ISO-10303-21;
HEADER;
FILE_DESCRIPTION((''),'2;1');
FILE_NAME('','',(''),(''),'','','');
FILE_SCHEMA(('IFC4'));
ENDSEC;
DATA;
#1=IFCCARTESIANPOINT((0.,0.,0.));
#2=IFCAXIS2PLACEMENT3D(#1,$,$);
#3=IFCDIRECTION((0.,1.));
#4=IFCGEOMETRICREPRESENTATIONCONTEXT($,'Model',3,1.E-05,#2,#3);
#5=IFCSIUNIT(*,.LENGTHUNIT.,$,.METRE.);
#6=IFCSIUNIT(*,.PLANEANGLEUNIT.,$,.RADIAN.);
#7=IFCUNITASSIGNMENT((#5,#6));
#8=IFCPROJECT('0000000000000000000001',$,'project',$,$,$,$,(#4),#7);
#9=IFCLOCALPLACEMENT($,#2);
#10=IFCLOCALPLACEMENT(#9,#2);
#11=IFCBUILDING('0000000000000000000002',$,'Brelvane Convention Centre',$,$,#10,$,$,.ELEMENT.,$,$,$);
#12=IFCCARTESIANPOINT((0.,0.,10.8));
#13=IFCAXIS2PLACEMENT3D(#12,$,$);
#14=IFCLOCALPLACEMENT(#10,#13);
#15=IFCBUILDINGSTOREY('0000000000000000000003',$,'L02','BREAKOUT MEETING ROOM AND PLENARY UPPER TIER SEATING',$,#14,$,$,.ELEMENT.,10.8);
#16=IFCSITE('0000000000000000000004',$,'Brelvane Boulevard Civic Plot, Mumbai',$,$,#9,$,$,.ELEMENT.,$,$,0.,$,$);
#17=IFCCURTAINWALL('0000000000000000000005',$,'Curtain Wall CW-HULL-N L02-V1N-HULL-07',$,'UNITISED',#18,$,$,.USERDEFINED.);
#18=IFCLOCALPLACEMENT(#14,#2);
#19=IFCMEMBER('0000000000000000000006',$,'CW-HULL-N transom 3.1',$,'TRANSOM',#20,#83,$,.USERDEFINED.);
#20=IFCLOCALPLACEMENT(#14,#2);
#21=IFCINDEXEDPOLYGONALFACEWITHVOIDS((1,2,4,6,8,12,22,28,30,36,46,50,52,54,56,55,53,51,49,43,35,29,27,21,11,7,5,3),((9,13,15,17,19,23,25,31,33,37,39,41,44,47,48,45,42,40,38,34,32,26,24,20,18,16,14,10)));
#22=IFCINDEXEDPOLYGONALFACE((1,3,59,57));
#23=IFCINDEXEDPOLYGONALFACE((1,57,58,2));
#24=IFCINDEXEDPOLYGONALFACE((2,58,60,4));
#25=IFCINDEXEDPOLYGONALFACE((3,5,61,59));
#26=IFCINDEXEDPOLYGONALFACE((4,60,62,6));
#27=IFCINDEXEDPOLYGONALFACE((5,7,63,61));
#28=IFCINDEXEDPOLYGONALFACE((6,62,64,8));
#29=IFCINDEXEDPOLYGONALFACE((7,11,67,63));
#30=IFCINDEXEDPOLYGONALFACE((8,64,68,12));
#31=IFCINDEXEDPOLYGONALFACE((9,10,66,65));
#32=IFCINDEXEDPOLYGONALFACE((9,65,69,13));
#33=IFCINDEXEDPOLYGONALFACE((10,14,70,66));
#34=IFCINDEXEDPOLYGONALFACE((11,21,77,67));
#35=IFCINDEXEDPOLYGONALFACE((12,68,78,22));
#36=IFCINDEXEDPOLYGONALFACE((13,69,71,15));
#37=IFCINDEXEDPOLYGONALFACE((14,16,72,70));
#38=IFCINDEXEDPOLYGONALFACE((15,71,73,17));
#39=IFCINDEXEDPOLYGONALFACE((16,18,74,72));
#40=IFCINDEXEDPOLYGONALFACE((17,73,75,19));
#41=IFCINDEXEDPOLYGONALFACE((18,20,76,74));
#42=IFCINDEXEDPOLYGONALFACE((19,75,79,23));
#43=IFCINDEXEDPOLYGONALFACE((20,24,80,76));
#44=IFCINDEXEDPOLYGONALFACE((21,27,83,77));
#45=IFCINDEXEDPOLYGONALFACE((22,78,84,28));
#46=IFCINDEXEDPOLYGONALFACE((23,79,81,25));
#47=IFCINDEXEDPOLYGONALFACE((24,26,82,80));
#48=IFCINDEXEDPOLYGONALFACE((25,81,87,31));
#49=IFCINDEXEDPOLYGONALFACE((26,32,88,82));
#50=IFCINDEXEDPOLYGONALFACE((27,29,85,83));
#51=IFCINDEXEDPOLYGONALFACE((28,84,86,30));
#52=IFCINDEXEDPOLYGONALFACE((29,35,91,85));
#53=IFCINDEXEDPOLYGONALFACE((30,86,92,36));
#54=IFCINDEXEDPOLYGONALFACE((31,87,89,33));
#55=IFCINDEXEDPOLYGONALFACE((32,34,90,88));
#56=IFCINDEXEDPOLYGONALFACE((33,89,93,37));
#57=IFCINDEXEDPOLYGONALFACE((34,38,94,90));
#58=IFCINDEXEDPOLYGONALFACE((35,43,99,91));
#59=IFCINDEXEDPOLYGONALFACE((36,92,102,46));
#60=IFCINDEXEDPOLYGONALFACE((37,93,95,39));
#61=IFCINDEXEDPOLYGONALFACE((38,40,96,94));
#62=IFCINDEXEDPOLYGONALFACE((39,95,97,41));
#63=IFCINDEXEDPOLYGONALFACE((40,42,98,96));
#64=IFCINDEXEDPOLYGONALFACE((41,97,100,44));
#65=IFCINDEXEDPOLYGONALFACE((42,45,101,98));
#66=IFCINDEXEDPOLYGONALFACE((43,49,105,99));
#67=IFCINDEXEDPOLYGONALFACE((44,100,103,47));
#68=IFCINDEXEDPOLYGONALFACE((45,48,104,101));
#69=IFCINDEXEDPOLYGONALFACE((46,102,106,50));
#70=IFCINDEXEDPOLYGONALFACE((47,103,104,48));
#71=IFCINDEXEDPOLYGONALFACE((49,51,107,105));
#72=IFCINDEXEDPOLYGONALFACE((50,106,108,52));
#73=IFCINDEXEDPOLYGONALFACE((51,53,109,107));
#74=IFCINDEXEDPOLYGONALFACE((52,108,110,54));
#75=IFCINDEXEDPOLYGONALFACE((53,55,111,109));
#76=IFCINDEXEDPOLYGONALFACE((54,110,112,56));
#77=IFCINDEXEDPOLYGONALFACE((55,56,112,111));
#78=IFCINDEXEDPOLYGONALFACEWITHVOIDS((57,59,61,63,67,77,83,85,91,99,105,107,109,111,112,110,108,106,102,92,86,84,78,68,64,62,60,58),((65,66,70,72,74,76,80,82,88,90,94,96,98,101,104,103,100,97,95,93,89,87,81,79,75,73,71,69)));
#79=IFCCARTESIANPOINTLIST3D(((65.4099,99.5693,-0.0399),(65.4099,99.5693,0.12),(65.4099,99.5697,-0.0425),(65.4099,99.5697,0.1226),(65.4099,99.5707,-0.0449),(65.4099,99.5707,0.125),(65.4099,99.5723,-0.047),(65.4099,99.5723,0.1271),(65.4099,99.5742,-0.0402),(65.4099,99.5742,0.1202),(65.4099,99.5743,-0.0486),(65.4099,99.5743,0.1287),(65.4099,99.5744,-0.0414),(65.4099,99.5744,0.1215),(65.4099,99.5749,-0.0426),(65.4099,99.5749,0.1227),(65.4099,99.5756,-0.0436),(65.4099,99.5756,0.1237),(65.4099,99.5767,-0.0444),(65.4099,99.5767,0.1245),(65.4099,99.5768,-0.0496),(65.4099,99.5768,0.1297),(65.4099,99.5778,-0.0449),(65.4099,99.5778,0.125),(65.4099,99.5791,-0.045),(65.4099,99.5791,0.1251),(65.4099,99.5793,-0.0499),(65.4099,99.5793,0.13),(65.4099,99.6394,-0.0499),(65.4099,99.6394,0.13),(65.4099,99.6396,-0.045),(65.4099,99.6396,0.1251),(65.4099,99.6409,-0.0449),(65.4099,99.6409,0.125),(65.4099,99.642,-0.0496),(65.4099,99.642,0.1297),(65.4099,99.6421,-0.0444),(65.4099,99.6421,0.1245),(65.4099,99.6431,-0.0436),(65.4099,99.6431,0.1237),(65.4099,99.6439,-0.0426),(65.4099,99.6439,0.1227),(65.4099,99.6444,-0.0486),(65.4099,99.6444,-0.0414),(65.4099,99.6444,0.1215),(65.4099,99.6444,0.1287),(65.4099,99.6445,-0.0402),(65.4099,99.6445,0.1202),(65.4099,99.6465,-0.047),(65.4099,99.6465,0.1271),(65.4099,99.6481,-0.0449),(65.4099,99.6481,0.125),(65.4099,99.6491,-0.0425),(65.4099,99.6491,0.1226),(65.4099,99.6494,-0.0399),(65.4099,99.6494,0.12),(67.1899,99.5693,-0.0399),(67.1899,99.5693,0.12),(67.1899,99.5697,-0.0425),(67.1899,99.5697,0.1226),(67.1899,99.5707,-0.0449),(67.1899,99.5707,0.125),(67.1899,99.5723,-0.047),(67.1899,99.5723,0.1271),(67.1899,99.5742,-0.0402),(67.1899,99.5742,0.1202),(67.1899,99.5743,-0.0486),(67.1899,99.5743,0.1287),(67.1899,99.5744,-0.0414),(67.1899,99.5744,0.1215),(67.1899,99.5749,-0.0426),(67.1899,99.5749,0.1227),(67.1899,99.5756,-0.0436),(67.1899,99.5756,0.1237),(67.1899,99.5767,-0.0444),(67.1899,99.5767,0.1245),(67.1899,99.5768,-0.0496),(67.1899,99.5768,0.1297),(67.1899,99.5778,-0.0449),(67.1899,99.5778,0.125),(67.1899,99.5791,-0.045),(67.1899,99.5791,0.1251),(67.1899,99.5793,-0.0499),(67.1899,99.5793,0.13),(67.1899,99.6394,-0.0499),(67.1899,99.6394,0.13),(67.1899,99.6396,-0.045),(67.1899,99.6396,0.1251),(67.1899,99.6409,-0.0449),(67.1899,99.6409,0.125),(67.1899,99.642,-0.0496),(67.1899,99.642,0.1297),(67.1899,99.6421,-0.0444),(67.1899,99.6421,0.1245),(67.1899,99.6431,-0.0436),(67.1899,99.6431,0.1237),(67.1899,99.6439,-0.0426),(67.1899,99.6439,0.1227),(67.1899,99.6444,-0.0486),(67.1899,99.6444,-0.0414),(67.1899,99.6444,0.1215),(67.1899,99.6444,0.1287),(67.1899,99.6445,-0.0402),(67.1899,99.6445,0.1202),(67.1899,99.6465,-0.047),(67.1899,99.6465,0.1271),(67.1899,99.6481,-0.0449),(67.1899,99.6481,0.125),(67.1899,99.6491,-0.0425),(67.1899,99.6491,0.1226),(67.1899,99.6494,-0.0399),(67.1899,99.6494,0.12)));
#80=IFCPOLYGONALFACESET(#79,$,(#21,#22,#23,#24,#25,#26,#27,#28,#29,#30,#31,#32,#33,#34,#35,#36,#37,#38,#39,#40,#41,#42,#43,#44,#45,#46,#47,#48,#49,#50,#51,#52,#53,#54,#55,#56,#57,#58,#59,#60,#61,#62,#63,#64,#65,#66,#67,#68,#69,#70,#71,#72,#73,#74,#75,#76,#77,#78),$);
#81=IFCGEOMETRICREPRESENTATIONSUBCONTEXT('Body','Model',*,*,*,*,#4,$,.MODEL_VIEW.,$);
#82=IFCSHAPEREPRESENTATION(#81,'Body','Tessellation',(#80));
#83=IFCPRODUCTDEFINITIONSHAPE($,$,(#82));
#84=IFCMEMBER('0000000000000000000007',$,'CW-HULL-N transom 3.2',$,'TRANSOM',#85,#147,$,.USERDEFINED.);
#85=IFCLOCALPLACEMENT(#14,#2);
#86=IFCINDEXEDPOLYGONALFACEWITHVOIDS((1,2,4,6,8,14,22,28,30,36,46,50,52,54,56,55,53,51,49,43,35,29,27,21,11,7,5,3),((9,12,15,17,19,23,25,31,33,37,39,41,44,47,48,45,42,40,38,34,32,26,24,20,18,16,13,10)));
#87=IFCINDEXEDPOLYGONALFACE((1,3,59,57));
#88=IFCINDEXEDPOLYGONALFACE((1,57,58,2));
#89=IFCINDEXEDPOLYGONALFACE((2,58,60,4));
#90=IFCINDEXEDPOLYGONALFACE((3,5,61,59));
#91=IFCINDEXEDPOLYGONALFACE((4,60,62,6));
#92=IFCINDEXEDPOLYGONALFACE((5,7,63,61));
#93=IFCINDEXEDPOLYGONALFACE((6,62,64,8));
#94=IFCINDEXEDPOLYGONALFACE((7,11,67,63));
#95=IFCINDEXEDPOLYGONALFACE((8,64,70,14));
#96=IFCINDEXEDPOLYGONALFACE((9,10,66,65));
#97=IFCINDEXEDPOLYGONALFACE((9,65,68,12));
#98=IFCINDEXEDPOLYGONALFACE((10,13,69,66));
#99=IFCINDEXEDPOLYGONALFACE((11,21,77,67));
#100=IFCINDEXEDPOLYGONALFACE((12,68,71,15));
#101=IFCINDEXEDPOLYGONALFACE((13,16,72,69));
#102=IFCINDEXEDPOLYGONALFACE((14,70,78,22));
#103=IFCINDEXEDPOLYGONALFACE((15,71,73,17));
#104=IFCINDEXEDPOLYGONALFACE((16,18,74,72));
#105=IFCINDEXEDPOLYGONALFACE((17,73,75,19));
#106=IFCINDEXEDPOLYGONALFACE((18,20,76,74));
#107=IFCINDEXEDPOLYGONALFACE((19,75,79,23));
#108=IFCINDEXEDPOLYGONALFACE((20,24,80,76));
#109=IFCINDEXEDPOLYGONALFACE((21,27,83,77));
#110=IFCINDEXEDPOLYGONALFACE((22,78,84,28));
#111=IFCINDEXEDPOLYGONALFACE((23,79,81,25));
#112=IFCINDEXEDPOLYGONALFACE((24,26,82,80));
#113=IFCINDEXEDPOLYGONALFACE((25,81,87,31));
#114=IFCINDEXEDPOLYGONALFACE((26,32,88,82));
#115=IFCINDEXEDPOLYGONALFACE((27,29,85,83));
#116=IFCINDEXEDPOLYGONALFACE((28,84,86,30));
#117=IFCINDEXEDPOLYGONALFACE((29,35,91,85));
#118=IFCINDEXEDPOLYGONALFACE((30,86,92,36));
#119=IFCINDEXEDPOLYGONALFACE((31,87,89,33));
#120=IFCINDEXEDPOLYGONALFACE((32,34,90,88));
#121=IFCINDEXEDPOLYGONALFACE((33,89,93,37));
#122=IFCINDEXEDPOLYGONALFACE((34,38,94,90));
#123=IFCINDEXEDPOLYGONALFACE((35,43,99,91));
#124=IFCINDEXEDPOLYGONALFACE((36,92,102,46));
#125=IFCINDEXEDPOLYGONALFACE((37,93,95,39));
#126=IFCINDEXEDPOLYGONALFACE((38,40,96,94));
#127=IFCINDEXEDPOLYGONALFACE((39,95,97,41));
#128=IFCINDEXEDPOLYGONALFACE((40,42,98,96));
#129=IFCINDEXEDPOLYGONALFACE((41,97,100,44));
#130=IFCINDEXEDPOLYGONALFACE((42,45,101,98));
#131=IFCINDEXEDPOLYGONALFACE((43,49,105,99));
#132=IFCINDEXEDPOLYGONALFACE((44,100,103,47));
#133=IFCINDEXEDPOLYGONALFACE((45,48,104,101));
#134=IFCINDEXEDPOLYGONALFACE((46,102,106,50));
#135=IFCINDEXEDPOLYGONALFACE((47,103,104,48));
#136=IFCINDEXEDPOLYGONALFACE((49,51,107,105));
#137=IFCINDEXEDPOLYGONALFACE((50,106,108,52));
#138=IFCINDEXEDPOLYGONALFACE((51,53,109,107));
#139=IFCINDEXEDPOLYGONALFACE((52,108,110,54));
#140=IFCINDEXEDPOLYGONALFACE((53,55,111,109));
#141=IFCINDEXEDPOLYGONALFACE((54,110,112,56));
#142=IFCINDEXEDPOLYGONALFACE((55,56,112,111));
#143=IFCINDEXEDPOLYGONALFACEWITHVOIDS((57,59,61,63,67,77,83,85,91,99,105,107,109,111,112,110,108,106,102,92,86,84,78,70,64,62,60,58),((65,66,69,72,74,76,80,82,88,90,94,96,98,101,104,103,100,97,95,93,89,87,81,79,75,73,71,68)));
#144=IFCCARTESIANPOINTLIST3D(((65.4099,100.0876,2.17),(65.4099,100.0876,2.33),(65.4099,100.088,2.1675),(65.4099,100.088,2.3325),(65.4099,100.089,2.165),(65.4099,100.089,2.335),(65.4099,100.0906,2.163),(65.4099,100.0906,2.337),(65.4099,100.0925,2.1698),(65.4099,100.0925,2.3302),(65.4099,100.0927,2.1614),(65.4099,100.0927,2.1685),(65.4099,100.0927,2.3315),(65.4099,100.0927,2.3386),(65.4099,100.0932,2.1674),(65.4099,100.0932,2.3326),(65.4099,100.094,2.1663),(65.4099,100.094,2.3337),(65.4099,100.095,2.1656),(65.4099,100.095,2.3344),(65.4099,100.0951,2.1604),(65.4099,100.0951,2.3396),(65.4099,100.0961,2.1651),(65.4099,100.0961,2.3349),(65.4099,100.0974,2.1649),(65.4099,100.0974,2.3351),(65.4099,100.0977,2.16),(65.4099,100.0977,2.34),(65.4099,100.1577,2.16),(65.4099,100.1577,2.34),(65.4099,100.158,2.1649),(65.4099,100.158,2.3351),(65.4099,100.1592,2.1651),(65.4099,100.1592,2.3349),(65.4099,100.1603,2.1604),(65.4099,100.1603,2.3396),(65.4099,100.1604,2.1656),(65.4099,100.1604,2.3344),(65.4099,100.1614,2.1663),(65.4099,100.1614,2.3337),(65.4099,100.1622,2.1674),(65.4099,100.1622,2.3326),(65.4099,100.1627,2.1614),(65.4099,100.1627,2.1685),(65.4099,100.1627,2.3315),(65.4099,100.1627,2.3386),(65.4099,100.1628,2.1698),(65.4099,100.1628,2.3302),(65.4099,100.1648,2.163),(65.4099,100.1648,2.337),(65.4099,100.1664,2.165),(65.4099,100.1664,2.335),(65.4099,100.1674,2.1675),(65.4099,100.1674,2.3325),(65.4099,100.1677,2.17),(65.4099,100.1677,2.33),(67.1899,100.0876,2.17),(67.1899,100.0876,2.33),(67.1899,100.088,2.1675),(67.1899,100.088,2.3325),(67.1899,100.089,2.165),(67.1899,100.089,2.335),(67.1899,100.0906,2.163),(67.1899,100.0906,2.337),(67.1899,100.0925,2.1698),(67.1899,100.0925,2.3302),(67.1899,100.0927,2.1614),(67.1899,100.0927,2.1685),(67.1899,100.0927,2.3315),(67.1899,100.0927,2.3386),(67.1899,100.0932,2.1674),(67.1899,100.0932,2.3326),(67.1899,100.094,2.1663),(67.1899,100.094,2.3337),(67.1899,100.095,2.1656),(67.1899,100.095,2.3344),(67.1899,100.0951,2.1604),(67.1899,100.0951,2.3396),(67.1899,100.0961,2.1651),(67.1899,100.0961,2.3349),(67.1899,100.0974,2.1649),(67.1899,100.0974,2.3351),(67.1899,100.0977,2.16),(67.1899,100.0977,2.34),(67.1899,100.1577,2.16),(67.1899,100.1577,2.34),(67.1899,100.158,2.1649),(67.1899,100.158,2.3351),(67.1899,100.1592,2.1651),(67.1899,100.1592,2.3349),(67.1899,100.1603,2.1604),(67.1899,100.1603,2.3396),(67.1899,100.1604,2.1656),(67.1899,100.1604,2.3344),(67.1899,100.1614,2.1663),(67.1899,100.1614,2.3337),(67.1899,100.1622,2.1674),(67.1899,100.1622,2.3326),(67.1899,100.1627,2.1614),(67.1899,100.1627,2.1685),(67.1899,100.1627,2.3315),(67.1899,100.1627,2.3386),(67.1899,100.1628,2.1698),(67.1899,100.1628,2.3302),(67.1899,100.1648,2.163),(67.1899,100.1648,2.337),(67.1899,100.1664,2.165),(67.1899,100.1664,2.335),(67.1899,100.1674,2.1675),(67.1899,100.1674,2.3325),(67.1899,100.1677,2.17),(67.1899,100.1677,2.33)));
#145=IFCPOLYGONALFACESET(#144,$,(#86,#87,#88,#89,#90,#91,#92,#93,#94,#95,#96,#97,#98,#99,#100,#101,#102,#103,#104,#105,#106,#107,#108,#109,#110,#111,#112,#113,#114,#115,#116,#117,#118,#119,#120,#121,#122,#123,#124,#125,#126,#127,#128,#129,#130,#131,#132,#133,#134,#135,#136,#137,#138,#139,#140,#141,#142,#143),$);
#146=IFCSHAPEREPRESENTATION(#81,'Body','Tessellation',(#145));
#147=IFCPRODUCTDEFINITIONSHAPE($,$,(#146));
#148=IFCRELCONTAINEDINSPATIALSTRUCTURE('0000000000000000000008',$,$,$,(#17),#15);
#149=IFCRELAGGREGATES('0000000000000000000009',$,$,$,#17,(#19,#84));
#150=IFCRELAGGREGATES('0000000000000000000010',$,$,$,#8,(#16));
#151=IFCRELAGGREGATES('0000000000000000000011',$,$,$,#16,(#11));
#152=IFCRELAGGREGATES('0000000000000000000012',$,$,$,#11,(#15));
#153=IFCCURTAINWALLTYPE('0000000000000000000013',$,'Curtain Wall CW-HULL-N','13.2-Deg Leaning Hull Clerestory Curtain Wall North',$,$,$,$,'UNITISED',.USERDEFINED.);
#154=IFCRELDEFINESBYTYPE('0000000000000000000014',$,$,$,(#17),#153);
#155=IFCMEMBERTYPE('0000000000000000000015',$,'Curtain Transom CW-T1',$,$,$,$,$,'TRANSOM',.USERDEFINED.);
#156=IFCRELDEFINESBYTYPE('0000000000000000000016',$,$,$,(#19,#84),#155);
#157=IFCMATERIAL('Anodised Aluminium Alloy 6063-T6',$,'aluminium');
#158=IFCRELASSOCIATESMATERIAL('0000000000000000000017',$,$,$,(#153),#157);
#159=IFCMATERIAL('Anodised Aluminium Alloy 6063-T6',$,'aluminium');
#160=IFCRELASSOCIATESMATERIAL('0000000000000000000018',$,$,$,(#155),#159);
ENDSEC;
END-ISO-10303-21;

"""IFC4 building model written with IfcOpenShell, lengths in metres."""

from ifc_helpers import new_model, si_unit, direction, frame, origin, origin_2d, place, context, subcontext, project, spatial, hollow_rectangle, extrude, material, material_profile, profile_set, type_object, element, aggregate, save


model = new_model("IFC4")

# Units and contexts
model_context = context("Model", 3, precision=1e-05, world=origin(), true_north=direction((0.0, 1.0)))
body_context = subcontext(model_context, "Body", "Model", "MODEL_VIEW")
ifc_project = project(units=[si_unit("LENGTHUNIT", "METRE"), si_unit("PLANEANGLEUNIT", "RADIAN")], contexts=[model_context])

# Site, building, storey
site_placement = place(None, origin())
site = spatial("IfcSite", under=ifc_project, at=site_placement, Name="Brelvane Boulevard Civic Plot, Mumbai", CompositionType="ELEMENT", RefElevation=0.0)
building_placement = place(site_placement, origin())
building = spatial("IfcBuilding", under=site, at=building_placement, Name="Brelvane Convention Centre", CompositionType="ELEMENT")
storey_placement = place(building_placement, frame((0.0, 0.0, 10.8)))
storey = spatial("IfcBuildingStorey", under=building, at=storey_placement, Name="L02", Description="BREAKOUT MEETING ROOM AND PLENARY UPPER TIER SEATING", CompositionType="ELEMENT", Elevation=10.8)

# Curtain wall, members
ifc_material_1 = material(Name="Anodised Aluminium Alloy 6063-T6", Category="aluminium")
curtain_wall_type_1 = type_object("IfcCurtainWallType", Name="Curtain Wall CW-HULL-N", Description="13.2-Deg Leaning Hull Clerestory Curtain Wall North", ElementType="UNITISED", PredefinedType="USERDEFINED", material=ifc_material_1)
curtain_wall_1_placement = place(storey_placement, origin())
curtain_wall_1 = element("IfcCurtainWall", 1, at=curtain_wall_1_placement, inside=storey, type_object=curtain_wall_type_1, Name="Curtain Wall CW-HULL-N L02-V1N-HULL-07", ObjectType="UNITISED", PredefinedType="USERDEFINED")
ifc_material_2 = material(Name="Anodised Aluminium Alloy 6063-T6", Category="aluminium")
ifc_material_profile_1 = material_profile(ifc_material_2, hollow_rectangle(XDim=0.0801, YDim=0.1799, WallThickness=0.0049, InnerFilletRadius=0.0049, OuterFilletRadius=0.01, at=origin_2d()), Name="ALU-T 180x80x5.0")
ifc_profile_set_1 = profile_set([ifc_material_profile_1], Name="Anodised Aluminium Alloy 6063-T6")
member_type_1 = type_object("IfcMemberType", Name="Curtain Transom CW-T1", ElementType="TRANSOM", PredefinedType="USERDEFINED", material=ifc_profile_set_1)
member_1_placement = place(storey_placement, frame((65.4099, 99.6094, 0.04), z_axis=(1.0, 0.0, 0.0), x_axis=(0.0, 1.0, 0.0)))
member_1 = element("IfcMember", 2, at=member_1_placement, type_object=member_type_1, Name="CW-HULL-N transom 3.1", ObjectType="TRANSOM", PredefinedType="USERDEFINED", context=body_context, shape_type="SweptSolid", body=[
    extrude(hollow_rectangle(XDim=0.0801, YDim=0.1799, WallThickness=0.0049, InnerFilletRadius=0.0049, OuterFilletRadius=0.01, at=origin_2d()), origin(), (0.0, 0.0, 1.0), 1.78),
])
member_2_placement = place(storey_placement, frame((65.4099, 100.1277, 2.25), z_axis=(1.0, 0.0, 0.0), x_axis=(0.0, 1.0, 0.0)))
member_2 = element("IfcMember", 3, at=member_2_placement, type_object=member_type_1, Name="CW-HULL-N transom 3.2", ObjectType="TRANSOM", PredefinedType="USERDEFINED", context=body_context, shape_type="SweptSolid", body=[
    extrude(hollow_rectangle(XDim=0.0801, YDim=0.1799, WallThickness=0.0049, InnerFilletRadius=0.0049, OuterFilletRadius=0.01, at=origin_2d()), origin(), (0.0, 0.0, 1.0), 1.78),
])

aggregate(curtain_wall_1, [member_1, member_2])

save(model, "model.ifc")
